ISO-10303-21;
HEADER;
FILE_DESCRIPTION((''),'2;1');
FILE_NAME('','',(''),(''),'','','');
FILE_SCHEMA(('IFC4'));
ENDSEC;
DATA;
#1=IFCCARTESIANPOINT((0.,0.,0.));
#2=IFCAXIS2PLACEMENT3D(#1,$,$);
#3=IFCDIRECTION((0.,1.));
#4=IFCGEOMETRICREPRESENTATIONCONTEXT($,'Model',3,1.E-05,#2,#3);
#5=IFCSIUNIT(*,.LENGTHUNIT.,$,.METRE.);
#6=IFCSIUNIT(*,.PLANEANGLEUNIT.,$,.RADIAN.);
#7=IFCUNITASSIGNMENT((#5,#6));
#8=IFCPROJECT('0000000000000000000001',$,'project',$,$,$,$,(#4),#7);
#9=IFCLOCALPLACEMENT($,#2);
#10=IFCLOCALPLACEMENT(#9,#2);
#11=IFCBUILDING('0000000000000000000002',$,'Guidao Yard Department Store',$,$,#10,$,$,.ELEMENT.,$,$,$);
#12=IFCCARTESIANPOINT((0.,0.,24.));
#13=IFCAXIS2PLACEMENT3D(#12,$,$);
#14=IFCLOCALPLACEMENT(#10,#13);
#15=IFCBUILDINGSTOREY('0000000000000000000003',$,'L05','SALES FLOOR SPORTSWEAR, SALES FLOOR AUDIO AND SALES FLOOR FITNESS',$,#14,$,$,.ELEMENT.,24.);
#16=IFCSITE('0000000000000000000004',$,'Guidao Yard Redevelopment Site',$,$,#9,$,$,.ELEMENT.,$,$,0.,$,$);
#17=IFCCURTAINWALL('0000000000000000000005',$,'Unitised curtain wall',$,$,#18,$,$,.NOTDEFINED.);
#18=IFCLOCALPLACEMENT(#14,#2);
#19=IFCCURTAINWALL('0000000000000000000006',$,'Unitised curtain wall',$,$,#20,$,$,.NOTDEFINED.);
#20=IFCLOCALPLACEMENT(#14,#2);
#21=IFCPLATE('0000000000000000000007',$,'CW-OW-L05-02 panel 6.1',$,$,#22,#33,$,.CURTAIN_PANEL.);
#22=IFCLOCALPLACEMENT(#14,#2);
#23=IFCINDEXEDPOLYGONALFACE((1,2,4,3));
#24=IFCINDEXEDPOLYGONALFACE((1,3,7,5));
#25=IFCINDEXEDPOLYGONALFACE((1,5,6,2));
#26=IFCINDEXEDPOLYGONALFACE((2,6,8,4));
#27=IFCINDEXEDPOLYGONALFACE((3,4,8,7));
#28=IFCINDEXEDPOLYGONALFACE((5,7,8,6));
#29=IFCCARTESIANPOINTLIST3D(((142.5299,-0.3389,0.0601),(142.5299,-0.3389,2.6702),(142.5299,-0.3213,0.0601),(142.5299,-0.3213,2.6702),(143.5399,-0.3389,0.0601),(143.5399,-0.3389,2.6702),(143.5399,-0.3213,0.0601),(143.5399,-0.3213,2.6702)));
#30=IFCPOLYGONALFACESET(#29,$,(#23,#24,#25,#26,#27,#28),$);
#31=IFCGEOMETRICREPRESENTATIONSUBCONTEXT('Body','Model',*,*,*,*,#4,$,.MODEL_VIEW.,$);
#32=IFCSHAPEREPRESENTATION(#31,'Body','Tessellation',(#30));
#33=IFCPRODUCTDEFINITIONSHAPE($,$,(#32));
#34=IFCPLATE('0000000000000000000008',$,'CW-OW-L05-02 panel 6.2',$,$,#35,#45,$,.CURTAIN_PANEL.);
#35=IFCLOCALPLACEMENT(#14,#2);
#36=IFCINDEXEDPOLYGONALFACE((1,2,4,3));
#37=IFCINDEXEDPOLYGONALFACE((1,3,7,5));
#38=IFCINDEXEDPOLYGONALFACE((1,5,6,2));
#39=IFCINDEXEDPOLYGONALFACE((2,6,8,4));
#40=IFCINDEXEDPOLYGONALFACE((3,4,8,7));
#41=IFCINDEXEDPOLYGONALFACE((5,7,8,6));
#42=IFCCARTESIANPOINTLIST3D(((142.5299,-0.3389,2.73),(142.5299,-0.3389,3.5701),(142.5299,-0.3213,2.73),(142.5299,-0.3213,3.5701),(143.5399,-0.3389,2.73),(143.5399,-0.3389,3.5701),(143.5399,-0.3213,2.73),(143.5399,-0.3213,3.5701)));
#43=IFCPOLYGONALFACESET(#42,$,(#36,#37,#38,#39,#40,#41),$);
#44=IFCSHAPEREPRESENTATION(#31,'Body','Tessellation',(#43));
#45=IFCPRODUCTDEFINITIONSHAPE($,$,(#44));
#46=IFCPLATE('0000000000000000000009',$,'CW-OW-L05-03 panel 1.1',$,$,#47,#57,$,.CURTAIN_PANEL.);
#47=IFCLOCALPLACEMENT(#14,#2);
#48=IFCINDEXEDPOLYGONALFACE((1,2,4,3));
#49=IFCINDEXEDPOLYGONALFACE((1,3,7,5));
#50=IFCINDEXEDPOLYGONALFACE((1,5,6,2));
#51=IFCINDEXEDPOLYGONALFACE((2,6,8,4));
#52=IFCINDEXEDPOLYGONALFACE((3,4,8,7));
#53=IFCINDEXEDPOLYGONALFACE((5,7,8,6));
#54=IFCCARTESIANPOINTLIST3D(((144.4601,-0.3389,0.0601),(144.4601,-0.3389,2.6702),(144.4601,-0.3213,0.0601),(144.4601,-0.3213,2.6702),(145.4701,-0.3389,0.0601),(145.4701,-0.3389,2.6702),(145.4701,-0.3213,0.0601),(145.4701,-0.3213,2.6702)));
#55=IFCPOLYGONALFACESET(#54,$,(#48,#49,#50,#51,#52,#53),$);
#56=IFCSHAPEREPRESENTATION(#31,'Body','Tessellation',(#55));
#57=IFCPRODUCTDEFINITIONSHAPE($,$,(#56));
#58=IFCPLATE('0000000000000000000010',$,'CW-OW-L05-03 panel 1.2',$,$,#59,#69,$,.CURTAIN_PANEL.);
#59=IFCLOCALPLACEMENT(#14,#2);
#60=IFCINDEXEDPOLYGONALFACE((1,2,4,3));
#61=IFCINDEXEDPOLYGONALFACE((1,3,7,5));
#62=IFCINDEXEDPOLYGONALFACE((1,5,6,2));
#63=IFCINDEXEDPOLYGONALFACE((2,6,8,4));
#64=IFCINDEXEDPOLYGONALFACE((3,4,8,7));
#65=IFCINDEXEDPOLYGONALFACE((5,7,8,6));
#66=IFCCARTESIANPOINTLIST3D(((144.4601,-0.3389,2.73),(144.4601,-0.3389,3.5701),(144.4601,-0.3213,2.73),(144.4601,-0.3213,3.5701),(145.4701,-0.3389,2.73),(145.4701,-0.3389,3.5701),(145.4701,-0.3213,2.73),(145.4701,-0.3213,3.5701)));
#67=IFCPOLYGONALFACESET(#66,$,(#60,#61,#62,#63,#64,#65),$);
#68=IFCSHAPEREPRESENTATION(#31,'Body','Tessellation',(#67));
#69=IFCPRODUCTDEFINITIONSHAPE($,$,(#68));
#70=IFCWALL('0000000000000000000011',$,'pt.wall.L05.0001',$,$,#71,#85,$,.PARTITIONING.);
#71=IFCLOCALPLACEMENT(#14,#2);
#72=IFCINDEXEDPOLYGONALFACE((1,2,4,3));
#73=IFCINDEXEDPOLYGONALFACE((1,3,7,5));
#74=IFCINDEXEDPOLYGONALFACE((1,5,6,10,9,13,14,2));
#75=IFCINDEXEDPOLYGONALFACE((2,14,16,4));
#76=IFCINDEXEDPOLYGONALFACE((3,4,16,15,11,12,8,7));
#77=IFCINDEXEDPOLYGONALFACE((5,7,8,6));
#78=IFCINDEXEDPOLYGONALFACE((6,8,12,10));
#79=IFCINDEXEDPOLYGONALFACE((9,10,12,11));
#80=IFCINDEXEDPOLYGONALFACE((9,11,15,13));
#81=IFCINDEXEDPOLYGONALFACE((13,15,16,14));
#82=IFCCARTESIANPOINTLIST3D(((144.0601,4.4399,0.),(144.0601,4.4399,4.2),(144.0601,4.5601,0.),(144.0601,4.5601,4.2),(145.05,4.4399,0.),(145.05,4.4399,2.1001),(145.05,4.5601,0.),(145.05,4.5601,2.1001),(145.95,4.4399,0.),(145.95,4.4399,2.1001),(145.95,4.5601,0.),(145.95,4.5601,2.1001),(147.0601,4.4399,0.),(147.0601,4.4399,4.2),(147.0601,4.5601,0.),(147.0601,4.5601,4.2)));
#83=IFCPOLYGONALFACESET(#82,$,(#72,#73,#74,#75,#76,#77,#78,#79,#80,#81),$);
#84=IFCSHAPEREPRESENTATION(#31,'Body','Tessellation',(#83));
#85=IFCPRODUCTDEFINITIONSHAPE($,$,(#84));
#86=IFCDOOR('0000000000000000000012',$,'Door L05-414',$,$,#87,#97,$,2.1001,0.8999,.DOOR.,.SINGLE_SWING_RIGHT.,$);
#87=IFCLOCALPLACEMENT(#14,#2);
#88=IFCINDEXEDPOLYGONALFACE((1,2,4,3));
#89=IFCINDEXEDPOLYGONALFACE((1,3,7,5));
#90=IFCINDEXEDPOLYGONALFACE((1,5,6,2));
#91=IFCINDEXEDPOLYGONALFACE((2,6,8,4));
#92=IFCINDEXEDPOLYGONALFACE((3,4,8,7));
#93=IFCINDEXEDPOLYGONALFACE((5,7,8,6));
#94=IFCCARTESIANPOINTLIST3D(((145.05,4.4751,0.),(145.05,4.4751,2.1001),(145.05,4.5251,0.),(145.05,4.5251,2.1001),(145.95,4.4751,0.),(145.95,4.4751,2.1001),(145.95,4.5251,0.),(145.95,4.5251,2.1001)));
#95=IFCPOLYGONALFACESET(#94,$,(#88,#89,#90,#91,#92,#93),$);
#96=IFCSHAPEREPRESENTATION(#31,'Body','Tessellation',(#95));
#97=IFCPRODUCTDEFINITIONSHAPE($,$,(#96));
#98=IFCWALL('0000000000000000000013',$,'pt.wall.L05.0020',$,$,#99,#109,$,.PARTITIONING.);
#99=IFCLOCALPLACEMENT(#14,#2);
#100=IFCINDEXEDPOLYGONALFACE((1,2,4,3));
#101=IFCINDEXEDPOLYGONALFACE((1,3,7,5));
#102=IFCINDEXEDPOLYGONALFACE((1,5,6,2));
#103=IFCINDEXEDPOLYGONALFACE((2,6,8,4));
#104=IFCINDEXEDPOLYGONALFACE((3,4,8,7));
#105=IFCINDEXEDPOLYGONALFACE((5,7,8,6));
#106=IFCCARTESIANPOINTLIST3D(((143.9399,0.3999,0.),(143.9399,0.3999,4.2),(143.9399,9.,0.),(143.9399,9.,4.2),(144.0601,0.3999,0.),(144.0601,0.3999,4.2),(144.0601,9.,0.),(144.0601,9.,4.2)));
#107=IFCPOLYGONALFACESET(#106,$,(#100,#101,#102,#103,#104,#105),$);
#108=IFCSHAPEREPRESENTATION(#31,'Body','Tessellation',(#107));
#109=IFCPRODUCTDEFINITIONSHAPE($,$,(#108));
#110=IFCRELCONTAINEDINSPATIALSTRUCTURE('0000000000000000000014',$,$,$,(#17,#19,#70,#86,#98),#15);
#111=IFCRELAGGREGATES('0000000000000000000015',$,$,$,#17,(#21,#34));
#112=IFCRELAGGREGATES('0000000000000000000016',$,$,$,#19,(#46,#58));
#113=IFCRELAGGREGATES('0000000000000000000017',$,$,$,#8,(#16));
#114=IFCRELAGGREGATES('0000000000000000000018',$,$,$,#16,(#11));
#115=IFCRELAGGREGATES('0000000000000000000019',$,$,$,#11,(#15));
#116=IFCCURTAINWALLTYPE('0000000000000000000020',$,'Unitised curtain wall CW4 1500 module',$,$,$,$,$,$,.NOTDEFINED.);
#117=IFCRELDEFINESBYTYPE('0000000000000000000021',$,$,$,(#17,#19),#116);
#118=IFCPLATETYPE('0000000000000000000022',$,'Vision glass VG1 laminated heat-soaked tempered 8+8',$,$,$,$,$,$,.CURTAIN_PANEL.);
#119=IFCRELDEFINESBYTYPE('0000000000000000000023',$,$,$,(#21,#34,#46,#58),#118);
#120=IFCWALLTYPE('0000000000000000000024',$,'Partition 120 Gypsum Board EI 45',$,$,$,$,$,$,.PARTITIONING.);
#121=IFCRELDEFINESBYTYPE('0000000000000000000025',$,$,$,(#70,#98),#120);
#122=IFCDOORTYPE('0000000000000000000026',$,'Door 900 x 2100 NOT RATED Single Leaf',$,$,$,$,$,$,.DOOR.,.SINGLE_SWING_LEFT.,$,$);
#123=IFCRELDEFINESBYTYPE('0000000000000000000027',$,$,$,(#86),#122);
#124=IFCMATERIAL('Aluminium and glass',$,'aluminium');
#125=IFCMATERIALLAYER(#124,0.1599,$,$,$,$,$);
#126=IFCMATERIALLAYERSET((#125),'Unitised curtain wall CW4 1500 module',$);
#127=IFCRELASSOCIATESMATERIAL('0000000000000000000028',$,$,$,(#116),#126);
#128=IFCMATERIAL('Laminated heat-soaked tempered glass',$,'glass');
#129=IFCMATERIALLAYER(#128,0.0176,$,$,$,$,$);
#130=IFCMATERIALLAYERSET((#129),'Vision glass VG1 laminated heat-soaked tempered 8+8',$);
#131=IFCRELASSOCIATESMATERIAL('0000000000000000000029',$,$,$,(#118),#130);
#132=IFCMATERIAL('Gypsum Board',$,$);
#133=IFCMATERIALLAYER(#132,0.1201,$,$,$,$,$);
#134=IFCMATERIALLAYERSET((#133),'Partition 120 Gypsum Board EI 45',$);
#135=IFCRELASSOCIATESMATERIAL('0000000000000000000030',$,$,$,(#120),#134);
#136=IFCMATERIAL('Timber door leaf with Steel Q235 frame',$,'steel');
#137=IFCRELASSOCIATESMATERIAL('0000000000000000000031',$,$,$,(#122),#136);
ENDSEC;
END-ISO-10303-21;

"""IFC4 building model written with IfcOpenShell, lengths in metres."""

from ifc_helpers import new_model, si_unit, direction, frame, frame_2d, origin, origin_2d, place, context, subcontext, project, spatial, rectangle, extrude, material, layer, layer_set, type_object, element, fill, aggregate, save


model = new_model("IFC4")

# Units and contexts
model_context = context("Model", 3, precision=1e-05, world=origin(), true_north=direction((0.0, 1.0)))
body_context = subcontext(model_context, "Body", "Model", "MODEL_VIEW")
ifc_project = project(units=[si_unit("LENGTHUNIT", "METRE"), si_unit("PLANEANGLEUNIT", "RADIAN")], contexts=[model_context])

# Site, building, storey
site_placement = place(None, origin())
site = spatial("IfcSite", under=ifc_project, at=site_placement, Name="Guidao Yard Redevelopment Site", CompositionType="ELEMENT", RefElevation=0.0)
building_placement = place(site_placement, origin())
building = spatial("IfcBuilding", under=site, at=building_placement, Name="Guidao Yard Department Store", CompositionType="ELEMENT")
storey_placement = place(building_placement, frame((0.0, 0.0, 24.0)))
storey = spatial("IfcBuildingStorey", under=building, at=storey_placement, Name="L05", Description="SALES FLOOR SPORTSWEAR, SALES FLOOR AUDIO AND SALES FLOOR FITNESS", CompositionType="ELEMENT", Elevation=24.0)

# Curtain wall
ifc_material_1 = material(Name="Aluminium and glass", Category="aluminium")
ifc_layer_1 = layer(ifc_material_1, 0.1599)
ifc_layer_set_1 = layer_set([ifc_layer_1], Name="Unitised curtain wall CW4 1500 module")
curtain_wall_type = type_object("IfcCurtainWallType", Name="Unitised curtain wall CW4 1500 module", PredefinedType="NOTDEFINED", material=ifc_layer_set_1)
curtain_wall_1_placement = place(storey_placement, origin())
curtain_wall_1 = element("IfcCurtainWall", 1, at=curtain_wall_1_placement, inside=storey, type_object=curtain_wall_type, Name="Unitised curtain wall", PredefinedType="NOTDEFINED")

# Curtain wall
curtain_wall_2_placement = place(storey_placement, origin())
curtain_wall_2 = element("IfcCurtainWall", 2, at=curtain_wall_2_placement, inside=storey, type_object=curtain_wall_type, Name="Unitised curtain wall", PredefinedType="NOTDEFINED")

# Plates
ifc_material_2 = material(Name="Laminated heat-soaked tempered glass", Category="glass")
ifc_layer_2 = layer(ifc_material_2, 0.0176)
ifc_layer_set_2 = layer_set([ifc_layer_2], Name="Vision glass VG1 laminated heat-soaked tempered 8+8")
plate_type_1 = type_object("IfcPlateType", Name="Vision glass VG1 laminated heat-soaked tempered 8+8", PredefinedType="CURTAIN_PANEL", material=ifc_layer_set_2)
plate_1_placement = place(storey_placement, frame((143.0349, -0.3301, 0.0601), z_axis=(0.0, 0.0, 1.0), x_axis=(-1.0, 0.0, 0.0)))
plate_1 = element("IfcPlate", 3, at=plate_1_placement, type_object=plate_type_1, Name="CW-OW-L05-02 panel 6.1", PredefinedType="CURTAIN_PANEL", context=body_context, shape_type="SweptSolid", body=[
    extrude(rectangle(XDim=1.01, YDim=0.0176, at=origin_2d()), origin(), (0.0, 0.0, 1.0), 2.6101),
])
plate_2_placement = place(storey_placement, frame((143.0349, -0.3301, 2.73), z_axis=(0.0, 0.0, 1.0), x_axis=(-1.0, 0.0, 0.0)))
plate_2 = element("IfcPlate", 4, at=plate_2_placement, type_object=plate_type_1, Name="CW-OW-L05-02 panel 6.2", PredefinedType="CURTAIN_PANEL", context=body_context, shape_type="SweptSolid", body=[
    extrude(rectangle(XDim=1.01, YDim=0.0176, at=origin_2d()), origin(), (0.0, 0.0, 1.0), 0.8401),
])
aggregate(curtain_wall_1, [plate_1, plate_2])
plate_3_placement = place(storey_placement, frame((144.9651, -0.3301, 0.0601), z_axis=(0.0, 0.0, 1.0), x_axis=(-1.0, 0.0, 0.0)))
plate_3 = element("IfcPlate", 5, at=plate_3_placement, type_object=plate_type_1, Name="CW-OW-L05-03 panel 1.1", PredefinedType="CURTAIN_PANEL", context=body_context, shape_type="SweptSolid", body=[
    extrude(rectangle(XDim=1.01, YDim=0.0176, at=origin_2d()), origin(), (0.0, 0.0, 1.0), 2.6101),
])
plate_4_placement = place(storey_placement, frame((144.9651, -0.3301, 2.73), z_axis=(0.0, 0.0, 1.0), x_axis=(-1.0, 0.0, 0.0)))
plate_4 = element("IfcPlate", 6, at=plate_4_placement, type_object=plate_type_1, Name="CW-OW-L05-03 panel 1.2", PredefinedType="CURTAIN_PANEL", context=body_context, shape_type="SweptSolid", body=[
    extrude(rectangle(XDim=1.01, YDim=0.0176, at=origin_2d()), origin(), (0.0, 0.0, 1.0), 0.8401),
])
aggregate(curtain_wall_2, [plate_3, plate_4])

# Wall, opening, door
ifc_material_3 = material(Name="Gypsum Board")
ifc_layer_3 = layer(ifc_material_3, 0.1201)
ifc_layer_set_3 = layer_set([ifc_layer_3], Name="Partition 120 Gypsum Board EI 45")
wall_type = type_object("IfcWallType", Name="Partition 120 Gypsum Board EI 45", PredefinedType="PARTITIONING", material=ifc_layer_set_3)
wall_1_placement = place(storey_placement, frame((144.0601, 4.5, 0.0), z_axis=(0.0, 0.0, 1.0), x_axis=(1.0, 0.0, 0.0)))
wall_1 = element("IfcWall", 7, at=wall_1_placement, inside=storey, type_object=wall_type, Name="pt.wall.L05.0001", PredefinedType="PARTITIONING", context=body_context, shape_type="SweptSolid", body=[
    extrude(rectangle(XDim=3.0, YDim=0.1201, at=frame_2d((1.5, 0.0))), origin(), (0.0, 0.0, 1.0), 4.2),
])
opening_placement = place(wall_1_placement, frame((1.8899, 0.0, 0.0), z_axis=(0.0, 0.0, 1.0), x_axis=(-1.0, 0.0, 0.0)))
opening = element("IfcOpeningElement", 8, at=opening_placement, cuts=wall_1, PredefinedType="OPENING", context=body_context, shape_type="SweptSolid", body=[
    extrude(rectangle(XDim=0.8999, YDim=2.1001, at=frame_2d((0.45, 1.05))), frame((0.0, 0.0701, 0.0), z_axis=(0.0, -1.0, 0.0), x_axis=(1.0, 0.0, 0.0)), (0.0, 0.0, 1.0), 0.1401),
])
ifc_material_4 = material(Name="Timber door leaf with Steel Q235 frame", Category="steel")
door_type = type_object("IfcDoorType", Name="Door 900 x 2100 NOT RATED Single Leaf", OperationType="SINGLE_SWING_LEFT", PredefinedType="DOOR", material=ifc_material_4)
door_placement = place(opening_placement, origin())
door = element("IfcDoor", 9, at=door_placement, inside=storey, type_object=door_type, Name="Door L05-414", OperationType="SINGLE_SWING_RIGHT", OverallHeight=2.1001, OverallWidth=0.8999, PredefinedType="DOOR", context=body_context, shape_type="SweptSolid", body=[
    extrude(rectangle(XDim=0.8999, YDim=2.1001, at=frame_2d((0.45, 1.05))), frame((0.0, 0.0249, 0.0), z_axis=(0.0, -1.0, 0.0), x_axis=(1.0, 0.0, 0.0)), (0.0, 0.0, 1.0), 0.05),
])
fill(opening, door)

# Wall
wall_2_placement = place(storey_placement, frame((144.0, 0.3999, 0.0), z_axis=(0.0, 0.0, 1.0), x_axis=(0.0, 1.0, 0.0)))
element("IfcWall", 10, at=wall_2_placement, inside=storey, type_object=wall_type, Name="pt.wall.L05.0020", PredefinedType="PARTITIONING", context=body_context, shape_type="SweptSolid", body=[
    extrude(rectangle(XDim=8.6001, YDim=0.1201, at=frame_2d((4.3, 0.0))), origin(), (0.0, 0.0, 1.0), 4.2),
])

save(model, "model.ifc")
